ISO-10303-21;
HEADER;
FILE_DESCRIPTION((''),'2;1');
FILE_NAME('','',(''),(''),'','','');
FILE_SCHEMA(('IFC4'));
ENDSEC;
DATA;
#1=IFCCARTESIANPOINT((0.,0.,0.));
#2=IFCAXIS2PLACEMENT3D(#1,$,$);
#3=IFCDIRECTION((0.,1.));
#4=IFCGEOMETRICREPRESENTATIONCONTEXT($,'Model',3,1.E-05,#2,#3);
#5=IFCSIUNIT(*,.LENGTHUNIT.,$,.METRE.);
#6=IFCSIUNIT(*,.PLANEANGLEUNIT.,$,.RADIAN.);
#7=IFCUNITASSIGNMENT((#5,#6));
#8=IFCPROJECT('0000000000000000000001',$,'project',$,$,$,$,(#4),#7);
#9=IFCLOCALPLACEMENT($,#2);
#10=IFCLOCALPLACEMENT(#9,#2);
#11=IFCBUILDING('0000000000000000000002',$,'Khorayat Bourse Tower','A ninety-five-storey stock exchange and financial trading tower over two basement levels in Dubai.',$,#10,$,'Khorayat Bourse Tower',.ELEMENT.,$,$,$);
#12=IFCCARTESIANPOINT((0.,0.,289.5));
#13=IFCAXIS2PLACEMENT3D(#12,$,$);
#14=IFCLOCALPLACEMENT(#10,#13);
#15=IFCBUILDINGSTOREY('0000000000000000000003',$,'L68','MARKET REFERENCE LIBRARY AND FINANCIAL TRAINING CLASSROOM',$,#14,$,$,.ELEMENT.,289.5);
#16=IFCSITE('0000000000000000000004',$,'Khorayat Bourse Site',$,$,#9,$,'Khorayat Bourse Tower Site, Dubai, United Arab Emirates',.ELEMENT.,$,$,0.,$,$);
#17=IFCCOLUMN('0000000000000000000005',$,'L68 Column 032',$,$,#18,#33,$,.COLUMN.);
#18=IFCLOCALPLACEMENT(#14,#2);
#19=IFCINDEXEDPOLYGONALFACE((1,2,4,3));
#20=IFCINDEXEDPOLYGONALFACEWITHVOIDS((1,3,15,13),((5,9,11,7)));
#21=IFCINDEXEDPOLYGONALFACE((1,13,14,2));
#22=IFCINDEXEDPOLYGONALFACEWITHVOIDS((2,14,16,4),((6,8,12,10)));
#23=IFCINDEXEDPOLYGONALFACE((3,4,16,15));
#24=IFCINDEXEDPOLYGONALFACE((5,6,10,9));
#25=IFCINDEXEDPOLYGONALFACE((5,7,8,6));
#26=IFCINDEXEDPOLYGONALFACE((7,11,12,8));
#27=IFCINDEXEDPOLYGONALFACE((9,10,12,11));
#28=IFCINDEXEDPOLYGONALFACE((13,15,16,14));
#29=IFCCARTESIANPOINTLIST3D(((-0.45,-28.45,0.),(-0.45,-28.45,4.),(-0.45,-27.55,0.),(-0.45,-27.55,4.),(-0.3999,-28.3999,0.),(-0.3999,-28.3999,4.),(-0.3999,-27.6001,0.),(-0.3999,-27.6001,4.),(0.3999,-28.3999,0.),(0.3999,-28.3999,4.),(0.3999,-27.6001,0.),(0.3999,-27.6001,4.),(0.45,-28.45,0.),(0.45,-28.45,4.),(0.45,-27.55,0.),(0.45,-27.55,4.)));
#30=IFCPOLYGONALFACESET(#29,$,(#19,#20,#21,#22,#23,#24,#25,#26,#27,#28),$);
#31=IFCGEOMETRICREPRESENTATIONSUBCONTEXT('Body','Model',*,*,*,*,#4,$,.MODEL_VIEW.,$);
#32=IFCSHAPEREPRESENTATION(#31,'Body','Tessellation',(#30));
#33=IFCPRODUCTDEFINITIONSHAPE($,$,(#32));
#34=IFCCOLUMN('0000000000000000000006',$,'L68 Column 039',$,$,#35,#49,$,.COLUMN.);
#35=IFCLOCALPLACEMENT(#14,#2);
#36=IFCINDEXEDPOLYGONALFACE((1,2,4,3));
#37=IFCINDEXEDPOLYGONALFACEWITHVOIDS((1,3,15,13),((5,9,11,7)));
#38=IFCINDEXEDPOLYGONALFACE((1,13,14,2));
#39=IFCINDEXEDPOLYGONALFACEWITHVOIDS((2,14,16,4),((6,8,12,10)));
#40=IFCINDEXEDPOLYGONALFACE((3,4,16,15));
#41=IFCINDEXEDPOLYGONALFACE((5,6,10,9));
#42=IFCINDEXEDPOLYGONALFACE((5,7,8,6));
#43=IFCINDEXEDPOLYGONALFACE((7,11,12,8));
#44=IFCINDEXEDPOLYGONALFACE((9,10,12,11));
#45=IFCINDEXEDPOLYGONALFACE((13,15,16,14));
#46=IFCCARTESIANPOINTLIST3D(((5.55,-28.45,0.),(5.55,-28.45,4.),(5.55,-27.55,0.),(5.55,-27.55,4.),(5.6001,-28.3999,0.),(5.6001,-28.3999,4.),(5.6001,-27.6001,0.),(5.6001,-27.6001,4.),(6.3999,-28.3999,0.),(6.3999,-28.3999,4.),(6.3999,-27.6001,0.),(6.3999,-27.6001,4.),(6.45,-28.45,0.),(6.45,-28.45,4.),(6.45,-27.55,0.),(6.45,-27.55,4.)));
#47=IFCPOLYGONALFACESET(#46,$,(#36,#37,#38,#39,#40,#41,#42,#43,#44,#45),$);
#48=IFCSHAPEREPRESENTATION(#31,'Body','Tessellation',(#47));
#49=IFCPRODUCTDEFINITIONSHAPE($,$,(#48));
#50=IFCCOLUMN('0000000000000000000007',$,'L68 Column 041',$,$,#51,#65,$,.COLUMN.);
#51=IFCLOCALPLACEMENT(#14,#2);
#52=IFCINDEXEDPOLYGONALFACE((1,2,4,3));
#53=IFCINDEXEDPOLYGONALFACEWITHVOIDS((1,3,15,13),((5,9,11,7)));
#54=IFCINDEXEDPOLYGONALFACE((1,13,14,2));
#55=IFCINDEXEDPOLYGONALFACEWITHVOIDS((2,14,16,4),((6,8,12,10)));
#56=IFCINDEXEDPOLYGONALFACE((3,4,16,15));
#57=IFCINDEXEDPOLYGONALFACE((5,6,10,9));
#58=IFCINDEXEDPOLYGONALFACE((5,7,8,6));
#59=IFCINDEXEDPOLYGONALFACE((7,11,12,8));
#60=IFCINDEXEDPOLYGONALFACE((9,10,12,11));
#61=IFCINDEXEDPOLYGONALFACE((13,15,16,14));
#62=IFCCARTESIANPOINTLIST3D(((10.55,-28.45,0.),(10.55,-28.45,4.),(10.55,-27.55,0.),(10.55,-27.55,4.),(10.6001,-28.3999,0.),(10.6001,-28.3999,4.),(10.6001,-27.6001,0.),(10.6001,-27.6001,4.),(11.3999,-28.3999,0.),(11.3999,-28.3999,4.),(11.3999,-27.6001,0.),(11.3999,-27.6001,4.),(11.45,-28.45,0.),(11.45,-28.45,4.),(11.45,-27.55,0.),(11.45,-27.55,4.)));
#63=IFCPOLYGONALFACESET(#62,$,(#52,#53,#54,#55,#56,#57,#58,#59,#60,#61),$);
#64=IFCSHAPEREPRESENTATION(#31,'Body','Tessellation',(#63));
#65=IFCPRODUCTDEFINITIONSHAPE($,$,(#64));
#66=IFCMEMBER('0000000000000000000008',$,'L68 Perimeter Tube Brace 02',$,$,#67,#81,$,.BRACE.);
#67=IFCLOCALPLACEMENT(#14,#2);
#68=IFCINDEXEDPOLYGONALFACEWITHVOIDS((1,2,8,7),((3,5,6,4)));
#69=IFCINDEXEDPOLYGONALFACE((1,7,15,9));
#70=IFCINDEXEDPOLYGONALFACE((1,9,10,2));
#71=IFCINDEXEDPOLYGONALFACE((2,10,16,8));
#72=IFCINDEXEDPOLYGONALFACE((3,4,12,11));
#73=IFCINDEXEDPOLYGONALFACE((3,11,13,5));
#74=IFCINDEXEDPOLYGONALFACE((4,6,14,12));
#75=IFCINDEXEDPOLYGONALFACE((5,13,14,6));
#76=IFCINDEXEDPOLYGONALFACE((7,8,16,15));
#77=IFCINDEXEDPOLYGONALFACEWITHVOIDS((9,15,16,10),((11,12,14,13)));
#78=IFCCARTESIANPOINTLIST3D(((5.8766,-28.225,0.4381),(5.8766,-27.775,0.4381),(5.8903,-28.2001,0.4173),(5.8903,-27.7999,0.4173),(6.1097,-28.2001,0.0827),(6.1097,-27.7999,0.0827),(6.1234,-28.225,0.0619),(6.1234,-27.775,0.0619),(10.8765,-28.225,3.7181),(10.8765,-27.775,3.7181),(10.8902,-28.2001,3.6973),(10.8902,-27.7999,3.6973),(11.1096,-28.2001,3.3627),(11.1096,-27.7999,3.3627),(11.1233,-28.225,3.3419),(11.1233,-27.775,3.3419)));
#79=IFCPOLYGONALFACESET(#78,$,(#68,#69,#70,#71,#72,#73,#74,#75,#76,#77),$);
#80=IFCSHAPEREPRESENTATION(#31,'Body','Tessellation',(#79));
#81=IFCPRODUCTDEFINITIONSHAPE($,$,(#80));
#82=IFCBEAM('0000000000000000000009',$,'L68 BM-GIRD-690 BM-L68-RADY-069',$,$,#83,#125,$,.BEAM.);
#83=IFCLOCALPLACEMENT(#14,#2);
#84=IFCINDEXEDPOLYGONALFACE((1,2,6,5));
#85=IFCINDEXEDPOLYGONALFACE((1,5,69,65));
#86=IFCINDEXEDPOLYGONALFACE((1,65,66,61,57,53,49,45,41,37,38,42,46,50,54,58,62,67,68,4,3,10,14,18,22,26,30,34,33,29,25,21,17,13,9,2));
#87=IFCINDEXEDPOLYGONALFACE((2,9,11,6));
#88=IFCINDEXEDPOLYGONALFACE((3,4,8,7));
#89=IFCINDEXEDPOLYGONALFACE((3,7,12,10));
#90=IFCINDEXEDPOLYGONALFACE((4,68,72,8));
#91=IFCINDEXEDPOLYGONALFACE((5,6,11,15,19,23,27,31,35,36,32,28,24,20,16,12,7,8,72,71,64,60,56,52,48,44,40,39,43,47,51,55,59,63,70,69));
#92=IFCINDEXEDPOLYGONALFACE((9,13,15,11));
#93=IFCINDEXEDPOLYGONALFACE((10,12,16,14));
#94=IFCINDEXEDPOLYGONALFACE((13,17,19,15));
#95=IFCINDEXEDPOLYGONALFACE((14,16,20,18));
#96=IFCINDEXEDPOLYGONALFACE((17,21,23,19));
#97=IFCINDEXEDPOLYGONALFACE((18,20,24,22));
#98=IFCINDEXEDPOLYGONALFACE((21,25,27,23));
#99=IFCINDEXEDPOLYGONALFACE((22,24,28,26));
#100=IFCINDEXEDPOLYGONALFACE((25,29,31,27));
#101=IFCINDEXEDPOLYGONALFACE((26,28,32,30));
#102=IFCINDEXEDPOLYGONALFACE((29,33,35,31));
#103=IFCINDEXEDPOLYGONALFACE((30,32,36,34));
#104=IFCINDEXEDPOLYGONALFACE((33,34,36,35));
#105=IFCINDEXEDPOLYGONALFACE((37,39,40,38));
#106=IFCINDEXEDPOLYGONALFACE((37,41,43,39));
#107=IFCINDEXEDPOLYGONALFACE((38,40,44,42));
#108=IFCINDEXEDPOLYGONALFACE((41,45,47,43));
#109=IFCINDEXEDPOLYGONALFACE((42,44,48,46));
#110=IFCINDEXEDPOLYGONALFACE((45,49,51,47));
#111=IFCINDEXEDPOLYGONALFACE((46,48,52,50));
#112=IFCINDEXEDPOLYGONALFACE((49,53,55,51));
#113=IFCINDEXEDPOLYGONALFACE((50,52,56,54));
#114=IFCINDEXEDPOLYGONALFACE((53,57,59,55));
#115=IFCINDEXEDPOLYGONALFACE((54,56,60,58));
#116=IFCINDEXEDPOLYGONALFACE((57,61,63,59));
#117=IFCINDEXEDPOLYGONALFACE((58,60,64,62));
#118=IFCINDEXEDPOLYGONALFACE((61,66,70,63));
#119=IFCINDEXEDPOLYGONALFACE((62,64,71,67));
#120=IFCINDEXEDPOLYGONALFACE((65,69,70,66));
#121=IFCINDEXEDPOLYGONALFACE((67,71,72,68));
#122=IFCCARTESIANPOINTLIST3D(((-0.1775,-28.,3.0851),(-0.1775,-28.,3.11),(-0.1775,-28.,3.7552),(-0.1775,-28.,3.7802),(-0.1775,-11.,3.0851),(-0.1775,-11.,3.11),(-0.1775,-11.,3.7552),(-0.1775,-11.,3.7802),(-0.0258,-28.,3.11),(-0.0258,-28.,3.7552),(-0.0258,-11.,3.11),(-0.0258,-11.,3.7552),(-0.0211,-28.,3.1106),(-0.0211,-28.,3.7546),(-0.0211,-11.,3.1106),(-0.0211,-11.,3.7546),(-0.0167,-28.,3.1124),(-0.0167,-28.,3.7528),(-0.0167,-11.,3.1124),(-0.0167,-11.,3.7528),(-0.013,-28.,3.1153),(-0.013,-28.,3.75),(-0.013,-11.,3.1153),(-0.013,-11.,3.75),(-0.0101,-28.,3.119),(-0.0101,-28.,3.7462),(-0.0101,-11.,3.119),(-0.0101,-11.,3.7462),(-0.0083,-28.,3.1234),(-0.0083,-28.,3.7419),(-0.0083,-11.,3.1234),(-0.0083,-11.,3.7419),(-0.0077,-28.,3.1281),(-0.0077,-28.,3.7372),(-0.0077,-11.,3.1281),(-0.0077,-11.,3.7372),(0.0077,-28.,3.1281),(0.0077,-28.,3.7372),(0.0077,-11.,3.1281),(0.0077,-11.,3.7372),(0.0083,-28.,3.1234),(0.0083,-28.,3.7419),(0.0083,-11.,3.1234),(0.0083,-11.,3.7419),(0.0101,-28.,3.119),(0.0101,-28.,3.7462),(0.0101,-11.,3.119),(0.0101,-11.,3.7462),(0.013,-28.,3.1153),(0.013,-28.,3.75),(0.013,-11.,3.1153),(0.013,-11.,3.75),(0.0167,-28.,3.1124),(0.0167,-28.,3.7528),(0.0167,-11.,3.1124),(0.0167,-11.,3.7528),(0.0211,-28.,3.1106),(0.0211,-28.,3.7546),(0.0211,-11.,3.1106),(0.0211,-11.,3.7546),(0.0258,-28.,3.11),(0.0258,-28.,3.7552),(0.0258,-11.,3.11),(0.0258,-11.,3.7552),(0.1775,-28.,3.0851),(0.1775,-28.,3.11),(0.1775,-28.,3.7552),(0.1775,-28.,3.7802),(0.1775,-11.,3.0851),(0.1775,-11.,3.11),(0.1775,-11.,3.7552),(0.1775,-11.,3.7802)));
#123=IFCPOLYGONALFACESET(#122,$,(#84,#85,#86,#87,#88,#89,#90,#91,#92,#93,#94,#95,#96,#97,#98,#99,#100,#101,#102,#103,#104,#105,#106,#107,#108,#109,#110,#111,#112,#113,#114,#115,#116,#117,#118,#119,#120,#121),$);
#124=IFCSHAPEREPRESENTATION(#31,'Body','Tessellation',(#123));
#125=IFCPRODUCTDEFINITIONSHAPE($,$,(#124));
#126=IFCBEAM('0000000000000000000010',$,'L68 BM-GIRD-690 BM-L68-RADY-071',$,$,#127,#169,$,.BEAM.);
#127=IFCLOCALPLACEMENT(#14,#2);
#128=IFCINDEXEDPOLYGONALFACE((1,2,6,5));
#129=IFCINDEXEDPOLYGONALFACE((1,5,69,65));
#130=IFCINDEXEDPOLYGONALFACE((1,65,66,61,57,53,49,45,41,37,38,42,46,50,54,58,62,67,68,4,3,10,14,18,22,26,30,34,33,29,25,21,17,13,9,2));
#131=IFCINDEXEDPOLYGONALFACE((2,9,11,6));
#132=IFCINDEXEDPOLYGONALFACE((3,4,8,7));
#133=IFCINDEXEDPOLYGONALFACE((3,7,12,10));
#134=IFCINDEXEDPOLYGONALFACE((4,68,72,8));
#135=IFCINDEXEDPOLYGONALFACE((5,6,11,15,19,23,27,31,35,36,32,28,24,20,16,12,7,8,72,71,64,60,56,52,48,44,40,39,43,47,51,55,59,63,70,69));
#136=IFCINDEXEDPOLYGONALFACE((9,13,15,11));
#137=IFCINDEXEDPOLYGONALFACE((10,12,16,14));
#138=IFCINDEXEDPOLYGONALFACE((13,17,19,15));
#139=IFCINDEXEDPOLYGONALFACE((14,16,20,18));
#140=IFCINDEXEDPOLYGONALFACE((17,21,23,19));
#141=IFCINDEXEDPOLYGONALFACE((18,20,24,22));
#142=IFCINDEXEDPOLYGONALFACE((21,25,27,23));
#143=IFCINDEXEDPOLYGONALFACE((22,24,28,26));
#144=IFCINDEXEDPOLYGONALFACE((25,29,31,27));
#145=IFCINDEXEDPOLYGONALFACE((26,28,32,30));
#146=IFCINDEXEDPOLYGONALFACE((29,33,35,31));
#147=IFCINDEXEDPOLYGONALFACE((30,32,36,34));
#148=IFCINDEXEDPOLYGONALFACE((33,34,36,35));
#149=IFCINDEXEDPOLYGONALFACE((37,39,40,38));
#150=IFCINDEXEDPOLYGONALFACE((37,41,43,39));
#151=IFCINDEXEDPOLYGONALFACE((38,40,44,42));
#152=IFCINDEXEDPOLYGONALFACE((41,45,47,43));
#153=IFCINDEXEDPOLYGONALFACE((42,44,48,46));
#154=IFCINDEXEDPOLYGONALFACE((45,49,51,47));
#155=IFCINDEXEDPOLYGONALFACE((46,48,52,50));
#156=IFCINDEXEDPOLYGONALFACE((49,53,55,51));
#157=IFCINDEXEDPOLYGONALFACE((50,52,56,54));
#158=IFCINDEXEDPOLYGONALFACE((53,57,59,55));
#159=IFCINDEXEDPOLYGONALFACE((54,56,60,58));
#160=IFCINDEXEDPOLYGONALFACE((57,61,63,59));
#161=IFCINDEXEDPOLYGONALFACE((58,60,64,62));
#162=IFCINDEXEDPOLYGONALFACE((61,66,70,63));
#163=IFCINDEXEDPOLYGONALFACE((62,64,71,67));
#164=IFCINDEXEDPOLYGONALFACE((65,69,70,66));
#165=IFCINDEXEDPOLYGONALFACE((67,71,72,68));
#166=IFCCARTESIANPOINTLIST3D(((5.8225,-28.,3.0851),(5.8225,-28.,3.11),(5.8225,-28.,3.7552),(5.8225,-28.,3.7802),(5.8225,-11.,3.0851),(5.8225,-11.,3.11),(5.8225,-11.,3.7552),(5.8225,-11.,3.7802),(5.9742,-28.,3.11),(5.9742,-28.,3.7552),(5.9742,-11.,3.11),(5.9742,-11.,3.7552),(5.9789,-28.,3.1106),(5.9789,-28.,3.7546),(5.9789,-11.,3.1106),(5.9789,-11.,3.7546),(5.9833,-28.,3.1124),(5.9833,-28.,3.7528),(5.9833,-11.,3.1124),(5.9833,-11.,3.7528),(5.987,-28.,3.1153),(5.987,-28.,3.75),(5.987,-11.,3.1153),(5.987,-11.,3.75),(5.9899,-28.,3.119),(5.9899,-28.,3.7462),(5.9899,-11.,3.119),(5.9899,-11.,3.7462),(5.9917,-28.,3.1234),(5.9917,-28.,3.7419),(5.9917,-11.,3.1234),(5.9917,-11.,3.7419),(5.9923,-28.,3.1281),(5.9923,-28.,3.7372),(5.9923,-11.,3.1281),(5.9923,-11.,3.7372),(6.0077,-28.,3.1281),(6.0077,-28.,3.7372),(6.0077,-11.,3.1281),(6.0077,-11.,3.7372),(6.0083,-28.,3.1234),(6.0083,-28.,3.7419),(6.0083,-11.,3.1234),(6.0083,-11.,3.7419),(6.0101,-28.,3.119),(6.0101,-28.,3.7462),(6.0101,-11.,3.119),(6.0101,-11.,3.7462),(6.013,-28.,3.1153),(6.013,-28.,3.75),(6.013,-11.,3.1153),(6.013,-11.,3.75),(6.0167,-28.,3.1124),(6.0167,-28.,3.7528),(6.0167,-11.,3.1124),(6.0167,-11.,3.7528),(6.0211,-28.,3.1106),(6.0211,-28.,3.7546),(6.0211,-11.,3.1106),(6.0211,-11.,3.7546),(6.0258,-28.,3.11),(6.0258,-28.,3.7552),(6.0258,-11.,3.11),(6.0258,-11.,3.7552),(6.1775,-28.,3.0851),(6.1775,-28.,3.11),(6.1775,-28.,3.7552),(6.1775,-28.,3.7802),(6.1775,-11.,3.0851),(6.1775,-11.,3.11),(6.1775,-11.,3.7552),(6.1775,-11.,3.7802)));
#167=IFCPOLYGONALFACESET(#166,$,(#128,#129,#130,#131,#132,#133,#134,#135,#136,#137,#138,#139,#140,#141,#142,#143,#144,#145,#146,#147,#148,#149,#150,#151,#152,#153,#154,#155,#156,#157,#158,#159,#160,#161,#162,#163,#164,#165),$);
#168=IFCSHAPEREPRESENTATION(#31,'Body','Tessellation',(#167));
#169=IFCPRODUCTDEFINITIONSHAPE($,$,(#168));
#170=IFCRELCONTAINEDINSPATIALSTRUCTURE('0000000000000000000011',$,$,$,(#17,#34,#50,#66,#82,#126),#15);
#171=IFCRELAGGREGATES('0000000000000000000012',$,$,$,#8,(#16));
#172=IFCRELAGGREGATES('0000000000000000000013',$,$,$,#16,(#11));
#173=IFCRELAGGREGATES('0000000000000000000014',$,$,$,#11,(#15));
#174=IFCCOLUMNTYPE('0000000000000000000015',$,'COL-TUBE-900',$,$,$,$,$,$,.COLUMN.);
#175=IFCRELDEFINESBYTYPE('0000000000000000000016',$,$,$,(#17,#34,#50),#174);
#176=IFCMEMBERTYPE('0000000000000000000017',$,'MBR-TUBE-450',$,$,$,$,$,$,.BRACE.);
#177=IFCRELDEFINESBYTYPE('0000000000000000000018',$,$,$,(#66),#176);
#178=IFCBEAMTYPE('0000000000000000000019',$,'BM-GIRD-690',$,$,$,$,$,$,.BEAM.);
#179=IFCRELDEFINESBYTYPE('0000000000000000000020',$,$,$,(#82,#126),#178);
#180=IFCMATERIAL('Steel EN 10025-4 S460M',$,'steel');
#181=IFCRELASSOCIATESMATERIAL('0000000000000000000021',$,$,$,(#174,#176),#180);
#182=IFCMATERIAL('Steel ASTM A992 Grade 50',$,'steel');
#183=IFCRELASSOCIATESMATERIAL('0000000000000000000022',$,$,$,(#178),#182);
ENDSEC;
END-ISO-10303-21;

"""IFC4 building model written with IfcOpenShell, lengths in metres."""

from ifc_helpers import new_model, si_unit, direction, frame, origin, origin_2d, place, context, subcontext, project, spatial, hollow_rectangle, i_section, extrude, source, transform, mapped, material, material_profile, profile_set, type_object, element, save


model = new_model("IFC4")

# Units and contexts
model_context = context("Model", 3, precision=1e-05, world=origin(), true_north=direction((0.0, 1.0)))
body_context = subcontext(model_context, "Body", "Model", "MODEL_VIEW")
ifc_project = project(units=[si_unit("LENGTHUNIT", "METRE"), si_unit("PLANEANGLEUNIT", "RADIAN")], contexts=[model_context])

# Site, building, storey
site_placement = place(None, origin())
site = spatial("IfcSite", under=ifc_project, at=site_placement, Name="Khorayat Bourse Site", LongName="Khorayat Bourse Tower Site, Dubai, United Arab Emirates", CompositionType="ELEMENT", RefElevation=0.0)
building_placement = place(site_placement, origin())
building = spatial("IfcBuilding", under=site, at=building_placement, Name="Khorayat Bourse Tower", Description="A ninety-five-storey stock exchange and financial trading tower over two basement levels in Dubai.", LongName="Khorayat Bourse Tower", CompositionType="ELEMENT")
storey_placement = place(building_placement, frame((0.0, 0.0, 289.5)))
storey = spatial("IfcBuildingStorey", under=building, at=storey_placement, Name="L68", Description="MARKET REFERENCE LIBRARY AND FINANCIAL TRAINING CLASSROOM", CompositionType="ELEMENT", Elevation=289.5)

# Columns
ifc_material_1 = material(Name="Steel EN 10025-4 S460M", Category="steel")
ifc_material_profile_1 = material_profile(ifc_material_1, hollow_rectangle(XDim=0.8999, YDim=0.8999, WallThickness=0.05, at=origin_2d()), Name="BOX 900x900x50")
ifc_profile_set_1 = profile_set([ifc_material_profile_1], Name="Steel EN 10025-4 S460M")
column_type = type_object("IfcColumnType", Name="COL-TUBE-900", PredefinedType="COLUMN", material=ifc_profile_set_1)
shared_shape_1 = source(origin(), body_context, "Body", "SweptSolid", [
    extrude(hollow_rectangle(XDim=0.8999, YDim=0.8999, WallThickness=0.05, at=origin_2d()), origin(), (0.0, 0.0, 1.0), 4.0),
])
for number, where, z_axis, x_axis, name in (
    (1, (0.0, -28.0, 0.0), (0.0, 0.0, 1.0), (1.0, 0.0, 0.0), "L68 Column 032"),
    (2, (6.0, -28.0, 0.0), (0.0, 0.0, 1.0), (1.0, 0.0, 0.0), "L68 Column 039"),
    (3, (11.0, -28.0, 0.0), (0.0, 0.0, 1.0), (1.0, 0.0, 0.0), "L68 Column 041"),
):
    element("IfcColumn", number, at=place(storey_placement, frame(where, z_axis=z_axis, x_axis=x_axis)), inside=storey, type_object=column_type, Name=name, PredefinedType="COLUMN", context=body_context, shape_type="MappedRepresentation", body=[
        mapped(shared_shape_1, transform((0.0, 0.0, 0.0), scale=1.0)),
    ])

# Member
ifc_material_profile_2 = material_profile(ifc_material_1, hollow_rectangle(XDim=0.45, YDim=0.45, WallThickness=0.0249, at=origin_2d()), Name="HSS 450x450x25")
ifc_profile_set_2 = profile_set([ifc_material_profile_2], Name="Steel EN 10025-4 S460M")
member_type_1 = type_object("IfcMemberType", Name="MBR-TUBE-450", PredefinedType="BRACE", material=ifc_profile_set_2)
shared_shape_2 = source(origin(), body_context, "Body", "SweptSolid", [
    extrude(hollow_rectangle(XDim=0.45, YDim=0.45, WallThickness=0.0249, at=origin_2d()), origin(), (0.0, 0.0, 1.0), 5.9797),
])
member_1_placement = place(storey_placement, frame((6.0, -28.0, 0.25), z_axis=(0.836142, 0.0, 0.548514), x_axis=(0.0, 1.0, 0.0)))
element("IfcMember", 4, at=member_1_placement, inside=storey, type_object=member_type_1, Name="L68 Perimeter Tube Brace 02", PredefinedType="BRACE", context=body_context, shape_type="MappedRepresentation", body=[
    mapped(shared_shape_2, transform((0.0, 0.0, 0.0), scale=1.0)),
])

# Beams
ifc_material_2 = material(Name="Steel ASTM A992 Grade 50", Category="steel")
ifc_material_profile_3 = material_profile(ifc_material_2, i_section(OverallWidth=0.355, OverallDepth=0.6951, WebThickness=0.0154, FlangeThickness=0.0249, FilletRadius=0.0181, at=origin_2d()), Name="W690X217")
ifc_profile_set_3 = profile_set([ifc_material_profile_3], Name="Steel ASTM A992 Grade 50")
beam_type_1 = type_object("IfcBeamType", Name="BM-GIRD-690", PredefinedType="BEAM", material=ifc_profile_set_3)
shared_shape_3 = source(origin(), body_context, "Body", "SweptSolid", [
    extrude(i_section(OverallWidth=0.355, OverallDepth=0.6951, WebThickness=0.0154, FlangeThickness=0.0249, FilletRadius=0.0181, at=origin_2d()), origin(), (0.0, 0.0, 1.0), 17.0),
])
for number, where, z_axis, x_axis, name in (
    (5, (0.0, -28.0, 3.4326), (0.0, 1.0, 0.0), (-1.0, 0.0, 0.0), "L68 BM-GIRD-690 BM-L68-RADY-069"),
    (6, (6.0, -28.0, 3.4326), (0.0, 1.0, 0.0), (-1.0, 0.0, 0.0), "L68 BM-GIRD-690 BM-L68-RADY-071"),
):
    element("IfcBeam", number, at=place(storey_placement, frame(where, z_axis=z_axis, x_axis=x_axis)), inside=storey, type_object=beam_type_1, Name=name, PredefinedType="BEAM", context=body_context, shape_type="MappedRepresentation", body=[
        mapped(shared_shape_3, transform((0.0, 0.0, 0.0), scale=1.0)),
    ])

save(model, "model.ifc")
